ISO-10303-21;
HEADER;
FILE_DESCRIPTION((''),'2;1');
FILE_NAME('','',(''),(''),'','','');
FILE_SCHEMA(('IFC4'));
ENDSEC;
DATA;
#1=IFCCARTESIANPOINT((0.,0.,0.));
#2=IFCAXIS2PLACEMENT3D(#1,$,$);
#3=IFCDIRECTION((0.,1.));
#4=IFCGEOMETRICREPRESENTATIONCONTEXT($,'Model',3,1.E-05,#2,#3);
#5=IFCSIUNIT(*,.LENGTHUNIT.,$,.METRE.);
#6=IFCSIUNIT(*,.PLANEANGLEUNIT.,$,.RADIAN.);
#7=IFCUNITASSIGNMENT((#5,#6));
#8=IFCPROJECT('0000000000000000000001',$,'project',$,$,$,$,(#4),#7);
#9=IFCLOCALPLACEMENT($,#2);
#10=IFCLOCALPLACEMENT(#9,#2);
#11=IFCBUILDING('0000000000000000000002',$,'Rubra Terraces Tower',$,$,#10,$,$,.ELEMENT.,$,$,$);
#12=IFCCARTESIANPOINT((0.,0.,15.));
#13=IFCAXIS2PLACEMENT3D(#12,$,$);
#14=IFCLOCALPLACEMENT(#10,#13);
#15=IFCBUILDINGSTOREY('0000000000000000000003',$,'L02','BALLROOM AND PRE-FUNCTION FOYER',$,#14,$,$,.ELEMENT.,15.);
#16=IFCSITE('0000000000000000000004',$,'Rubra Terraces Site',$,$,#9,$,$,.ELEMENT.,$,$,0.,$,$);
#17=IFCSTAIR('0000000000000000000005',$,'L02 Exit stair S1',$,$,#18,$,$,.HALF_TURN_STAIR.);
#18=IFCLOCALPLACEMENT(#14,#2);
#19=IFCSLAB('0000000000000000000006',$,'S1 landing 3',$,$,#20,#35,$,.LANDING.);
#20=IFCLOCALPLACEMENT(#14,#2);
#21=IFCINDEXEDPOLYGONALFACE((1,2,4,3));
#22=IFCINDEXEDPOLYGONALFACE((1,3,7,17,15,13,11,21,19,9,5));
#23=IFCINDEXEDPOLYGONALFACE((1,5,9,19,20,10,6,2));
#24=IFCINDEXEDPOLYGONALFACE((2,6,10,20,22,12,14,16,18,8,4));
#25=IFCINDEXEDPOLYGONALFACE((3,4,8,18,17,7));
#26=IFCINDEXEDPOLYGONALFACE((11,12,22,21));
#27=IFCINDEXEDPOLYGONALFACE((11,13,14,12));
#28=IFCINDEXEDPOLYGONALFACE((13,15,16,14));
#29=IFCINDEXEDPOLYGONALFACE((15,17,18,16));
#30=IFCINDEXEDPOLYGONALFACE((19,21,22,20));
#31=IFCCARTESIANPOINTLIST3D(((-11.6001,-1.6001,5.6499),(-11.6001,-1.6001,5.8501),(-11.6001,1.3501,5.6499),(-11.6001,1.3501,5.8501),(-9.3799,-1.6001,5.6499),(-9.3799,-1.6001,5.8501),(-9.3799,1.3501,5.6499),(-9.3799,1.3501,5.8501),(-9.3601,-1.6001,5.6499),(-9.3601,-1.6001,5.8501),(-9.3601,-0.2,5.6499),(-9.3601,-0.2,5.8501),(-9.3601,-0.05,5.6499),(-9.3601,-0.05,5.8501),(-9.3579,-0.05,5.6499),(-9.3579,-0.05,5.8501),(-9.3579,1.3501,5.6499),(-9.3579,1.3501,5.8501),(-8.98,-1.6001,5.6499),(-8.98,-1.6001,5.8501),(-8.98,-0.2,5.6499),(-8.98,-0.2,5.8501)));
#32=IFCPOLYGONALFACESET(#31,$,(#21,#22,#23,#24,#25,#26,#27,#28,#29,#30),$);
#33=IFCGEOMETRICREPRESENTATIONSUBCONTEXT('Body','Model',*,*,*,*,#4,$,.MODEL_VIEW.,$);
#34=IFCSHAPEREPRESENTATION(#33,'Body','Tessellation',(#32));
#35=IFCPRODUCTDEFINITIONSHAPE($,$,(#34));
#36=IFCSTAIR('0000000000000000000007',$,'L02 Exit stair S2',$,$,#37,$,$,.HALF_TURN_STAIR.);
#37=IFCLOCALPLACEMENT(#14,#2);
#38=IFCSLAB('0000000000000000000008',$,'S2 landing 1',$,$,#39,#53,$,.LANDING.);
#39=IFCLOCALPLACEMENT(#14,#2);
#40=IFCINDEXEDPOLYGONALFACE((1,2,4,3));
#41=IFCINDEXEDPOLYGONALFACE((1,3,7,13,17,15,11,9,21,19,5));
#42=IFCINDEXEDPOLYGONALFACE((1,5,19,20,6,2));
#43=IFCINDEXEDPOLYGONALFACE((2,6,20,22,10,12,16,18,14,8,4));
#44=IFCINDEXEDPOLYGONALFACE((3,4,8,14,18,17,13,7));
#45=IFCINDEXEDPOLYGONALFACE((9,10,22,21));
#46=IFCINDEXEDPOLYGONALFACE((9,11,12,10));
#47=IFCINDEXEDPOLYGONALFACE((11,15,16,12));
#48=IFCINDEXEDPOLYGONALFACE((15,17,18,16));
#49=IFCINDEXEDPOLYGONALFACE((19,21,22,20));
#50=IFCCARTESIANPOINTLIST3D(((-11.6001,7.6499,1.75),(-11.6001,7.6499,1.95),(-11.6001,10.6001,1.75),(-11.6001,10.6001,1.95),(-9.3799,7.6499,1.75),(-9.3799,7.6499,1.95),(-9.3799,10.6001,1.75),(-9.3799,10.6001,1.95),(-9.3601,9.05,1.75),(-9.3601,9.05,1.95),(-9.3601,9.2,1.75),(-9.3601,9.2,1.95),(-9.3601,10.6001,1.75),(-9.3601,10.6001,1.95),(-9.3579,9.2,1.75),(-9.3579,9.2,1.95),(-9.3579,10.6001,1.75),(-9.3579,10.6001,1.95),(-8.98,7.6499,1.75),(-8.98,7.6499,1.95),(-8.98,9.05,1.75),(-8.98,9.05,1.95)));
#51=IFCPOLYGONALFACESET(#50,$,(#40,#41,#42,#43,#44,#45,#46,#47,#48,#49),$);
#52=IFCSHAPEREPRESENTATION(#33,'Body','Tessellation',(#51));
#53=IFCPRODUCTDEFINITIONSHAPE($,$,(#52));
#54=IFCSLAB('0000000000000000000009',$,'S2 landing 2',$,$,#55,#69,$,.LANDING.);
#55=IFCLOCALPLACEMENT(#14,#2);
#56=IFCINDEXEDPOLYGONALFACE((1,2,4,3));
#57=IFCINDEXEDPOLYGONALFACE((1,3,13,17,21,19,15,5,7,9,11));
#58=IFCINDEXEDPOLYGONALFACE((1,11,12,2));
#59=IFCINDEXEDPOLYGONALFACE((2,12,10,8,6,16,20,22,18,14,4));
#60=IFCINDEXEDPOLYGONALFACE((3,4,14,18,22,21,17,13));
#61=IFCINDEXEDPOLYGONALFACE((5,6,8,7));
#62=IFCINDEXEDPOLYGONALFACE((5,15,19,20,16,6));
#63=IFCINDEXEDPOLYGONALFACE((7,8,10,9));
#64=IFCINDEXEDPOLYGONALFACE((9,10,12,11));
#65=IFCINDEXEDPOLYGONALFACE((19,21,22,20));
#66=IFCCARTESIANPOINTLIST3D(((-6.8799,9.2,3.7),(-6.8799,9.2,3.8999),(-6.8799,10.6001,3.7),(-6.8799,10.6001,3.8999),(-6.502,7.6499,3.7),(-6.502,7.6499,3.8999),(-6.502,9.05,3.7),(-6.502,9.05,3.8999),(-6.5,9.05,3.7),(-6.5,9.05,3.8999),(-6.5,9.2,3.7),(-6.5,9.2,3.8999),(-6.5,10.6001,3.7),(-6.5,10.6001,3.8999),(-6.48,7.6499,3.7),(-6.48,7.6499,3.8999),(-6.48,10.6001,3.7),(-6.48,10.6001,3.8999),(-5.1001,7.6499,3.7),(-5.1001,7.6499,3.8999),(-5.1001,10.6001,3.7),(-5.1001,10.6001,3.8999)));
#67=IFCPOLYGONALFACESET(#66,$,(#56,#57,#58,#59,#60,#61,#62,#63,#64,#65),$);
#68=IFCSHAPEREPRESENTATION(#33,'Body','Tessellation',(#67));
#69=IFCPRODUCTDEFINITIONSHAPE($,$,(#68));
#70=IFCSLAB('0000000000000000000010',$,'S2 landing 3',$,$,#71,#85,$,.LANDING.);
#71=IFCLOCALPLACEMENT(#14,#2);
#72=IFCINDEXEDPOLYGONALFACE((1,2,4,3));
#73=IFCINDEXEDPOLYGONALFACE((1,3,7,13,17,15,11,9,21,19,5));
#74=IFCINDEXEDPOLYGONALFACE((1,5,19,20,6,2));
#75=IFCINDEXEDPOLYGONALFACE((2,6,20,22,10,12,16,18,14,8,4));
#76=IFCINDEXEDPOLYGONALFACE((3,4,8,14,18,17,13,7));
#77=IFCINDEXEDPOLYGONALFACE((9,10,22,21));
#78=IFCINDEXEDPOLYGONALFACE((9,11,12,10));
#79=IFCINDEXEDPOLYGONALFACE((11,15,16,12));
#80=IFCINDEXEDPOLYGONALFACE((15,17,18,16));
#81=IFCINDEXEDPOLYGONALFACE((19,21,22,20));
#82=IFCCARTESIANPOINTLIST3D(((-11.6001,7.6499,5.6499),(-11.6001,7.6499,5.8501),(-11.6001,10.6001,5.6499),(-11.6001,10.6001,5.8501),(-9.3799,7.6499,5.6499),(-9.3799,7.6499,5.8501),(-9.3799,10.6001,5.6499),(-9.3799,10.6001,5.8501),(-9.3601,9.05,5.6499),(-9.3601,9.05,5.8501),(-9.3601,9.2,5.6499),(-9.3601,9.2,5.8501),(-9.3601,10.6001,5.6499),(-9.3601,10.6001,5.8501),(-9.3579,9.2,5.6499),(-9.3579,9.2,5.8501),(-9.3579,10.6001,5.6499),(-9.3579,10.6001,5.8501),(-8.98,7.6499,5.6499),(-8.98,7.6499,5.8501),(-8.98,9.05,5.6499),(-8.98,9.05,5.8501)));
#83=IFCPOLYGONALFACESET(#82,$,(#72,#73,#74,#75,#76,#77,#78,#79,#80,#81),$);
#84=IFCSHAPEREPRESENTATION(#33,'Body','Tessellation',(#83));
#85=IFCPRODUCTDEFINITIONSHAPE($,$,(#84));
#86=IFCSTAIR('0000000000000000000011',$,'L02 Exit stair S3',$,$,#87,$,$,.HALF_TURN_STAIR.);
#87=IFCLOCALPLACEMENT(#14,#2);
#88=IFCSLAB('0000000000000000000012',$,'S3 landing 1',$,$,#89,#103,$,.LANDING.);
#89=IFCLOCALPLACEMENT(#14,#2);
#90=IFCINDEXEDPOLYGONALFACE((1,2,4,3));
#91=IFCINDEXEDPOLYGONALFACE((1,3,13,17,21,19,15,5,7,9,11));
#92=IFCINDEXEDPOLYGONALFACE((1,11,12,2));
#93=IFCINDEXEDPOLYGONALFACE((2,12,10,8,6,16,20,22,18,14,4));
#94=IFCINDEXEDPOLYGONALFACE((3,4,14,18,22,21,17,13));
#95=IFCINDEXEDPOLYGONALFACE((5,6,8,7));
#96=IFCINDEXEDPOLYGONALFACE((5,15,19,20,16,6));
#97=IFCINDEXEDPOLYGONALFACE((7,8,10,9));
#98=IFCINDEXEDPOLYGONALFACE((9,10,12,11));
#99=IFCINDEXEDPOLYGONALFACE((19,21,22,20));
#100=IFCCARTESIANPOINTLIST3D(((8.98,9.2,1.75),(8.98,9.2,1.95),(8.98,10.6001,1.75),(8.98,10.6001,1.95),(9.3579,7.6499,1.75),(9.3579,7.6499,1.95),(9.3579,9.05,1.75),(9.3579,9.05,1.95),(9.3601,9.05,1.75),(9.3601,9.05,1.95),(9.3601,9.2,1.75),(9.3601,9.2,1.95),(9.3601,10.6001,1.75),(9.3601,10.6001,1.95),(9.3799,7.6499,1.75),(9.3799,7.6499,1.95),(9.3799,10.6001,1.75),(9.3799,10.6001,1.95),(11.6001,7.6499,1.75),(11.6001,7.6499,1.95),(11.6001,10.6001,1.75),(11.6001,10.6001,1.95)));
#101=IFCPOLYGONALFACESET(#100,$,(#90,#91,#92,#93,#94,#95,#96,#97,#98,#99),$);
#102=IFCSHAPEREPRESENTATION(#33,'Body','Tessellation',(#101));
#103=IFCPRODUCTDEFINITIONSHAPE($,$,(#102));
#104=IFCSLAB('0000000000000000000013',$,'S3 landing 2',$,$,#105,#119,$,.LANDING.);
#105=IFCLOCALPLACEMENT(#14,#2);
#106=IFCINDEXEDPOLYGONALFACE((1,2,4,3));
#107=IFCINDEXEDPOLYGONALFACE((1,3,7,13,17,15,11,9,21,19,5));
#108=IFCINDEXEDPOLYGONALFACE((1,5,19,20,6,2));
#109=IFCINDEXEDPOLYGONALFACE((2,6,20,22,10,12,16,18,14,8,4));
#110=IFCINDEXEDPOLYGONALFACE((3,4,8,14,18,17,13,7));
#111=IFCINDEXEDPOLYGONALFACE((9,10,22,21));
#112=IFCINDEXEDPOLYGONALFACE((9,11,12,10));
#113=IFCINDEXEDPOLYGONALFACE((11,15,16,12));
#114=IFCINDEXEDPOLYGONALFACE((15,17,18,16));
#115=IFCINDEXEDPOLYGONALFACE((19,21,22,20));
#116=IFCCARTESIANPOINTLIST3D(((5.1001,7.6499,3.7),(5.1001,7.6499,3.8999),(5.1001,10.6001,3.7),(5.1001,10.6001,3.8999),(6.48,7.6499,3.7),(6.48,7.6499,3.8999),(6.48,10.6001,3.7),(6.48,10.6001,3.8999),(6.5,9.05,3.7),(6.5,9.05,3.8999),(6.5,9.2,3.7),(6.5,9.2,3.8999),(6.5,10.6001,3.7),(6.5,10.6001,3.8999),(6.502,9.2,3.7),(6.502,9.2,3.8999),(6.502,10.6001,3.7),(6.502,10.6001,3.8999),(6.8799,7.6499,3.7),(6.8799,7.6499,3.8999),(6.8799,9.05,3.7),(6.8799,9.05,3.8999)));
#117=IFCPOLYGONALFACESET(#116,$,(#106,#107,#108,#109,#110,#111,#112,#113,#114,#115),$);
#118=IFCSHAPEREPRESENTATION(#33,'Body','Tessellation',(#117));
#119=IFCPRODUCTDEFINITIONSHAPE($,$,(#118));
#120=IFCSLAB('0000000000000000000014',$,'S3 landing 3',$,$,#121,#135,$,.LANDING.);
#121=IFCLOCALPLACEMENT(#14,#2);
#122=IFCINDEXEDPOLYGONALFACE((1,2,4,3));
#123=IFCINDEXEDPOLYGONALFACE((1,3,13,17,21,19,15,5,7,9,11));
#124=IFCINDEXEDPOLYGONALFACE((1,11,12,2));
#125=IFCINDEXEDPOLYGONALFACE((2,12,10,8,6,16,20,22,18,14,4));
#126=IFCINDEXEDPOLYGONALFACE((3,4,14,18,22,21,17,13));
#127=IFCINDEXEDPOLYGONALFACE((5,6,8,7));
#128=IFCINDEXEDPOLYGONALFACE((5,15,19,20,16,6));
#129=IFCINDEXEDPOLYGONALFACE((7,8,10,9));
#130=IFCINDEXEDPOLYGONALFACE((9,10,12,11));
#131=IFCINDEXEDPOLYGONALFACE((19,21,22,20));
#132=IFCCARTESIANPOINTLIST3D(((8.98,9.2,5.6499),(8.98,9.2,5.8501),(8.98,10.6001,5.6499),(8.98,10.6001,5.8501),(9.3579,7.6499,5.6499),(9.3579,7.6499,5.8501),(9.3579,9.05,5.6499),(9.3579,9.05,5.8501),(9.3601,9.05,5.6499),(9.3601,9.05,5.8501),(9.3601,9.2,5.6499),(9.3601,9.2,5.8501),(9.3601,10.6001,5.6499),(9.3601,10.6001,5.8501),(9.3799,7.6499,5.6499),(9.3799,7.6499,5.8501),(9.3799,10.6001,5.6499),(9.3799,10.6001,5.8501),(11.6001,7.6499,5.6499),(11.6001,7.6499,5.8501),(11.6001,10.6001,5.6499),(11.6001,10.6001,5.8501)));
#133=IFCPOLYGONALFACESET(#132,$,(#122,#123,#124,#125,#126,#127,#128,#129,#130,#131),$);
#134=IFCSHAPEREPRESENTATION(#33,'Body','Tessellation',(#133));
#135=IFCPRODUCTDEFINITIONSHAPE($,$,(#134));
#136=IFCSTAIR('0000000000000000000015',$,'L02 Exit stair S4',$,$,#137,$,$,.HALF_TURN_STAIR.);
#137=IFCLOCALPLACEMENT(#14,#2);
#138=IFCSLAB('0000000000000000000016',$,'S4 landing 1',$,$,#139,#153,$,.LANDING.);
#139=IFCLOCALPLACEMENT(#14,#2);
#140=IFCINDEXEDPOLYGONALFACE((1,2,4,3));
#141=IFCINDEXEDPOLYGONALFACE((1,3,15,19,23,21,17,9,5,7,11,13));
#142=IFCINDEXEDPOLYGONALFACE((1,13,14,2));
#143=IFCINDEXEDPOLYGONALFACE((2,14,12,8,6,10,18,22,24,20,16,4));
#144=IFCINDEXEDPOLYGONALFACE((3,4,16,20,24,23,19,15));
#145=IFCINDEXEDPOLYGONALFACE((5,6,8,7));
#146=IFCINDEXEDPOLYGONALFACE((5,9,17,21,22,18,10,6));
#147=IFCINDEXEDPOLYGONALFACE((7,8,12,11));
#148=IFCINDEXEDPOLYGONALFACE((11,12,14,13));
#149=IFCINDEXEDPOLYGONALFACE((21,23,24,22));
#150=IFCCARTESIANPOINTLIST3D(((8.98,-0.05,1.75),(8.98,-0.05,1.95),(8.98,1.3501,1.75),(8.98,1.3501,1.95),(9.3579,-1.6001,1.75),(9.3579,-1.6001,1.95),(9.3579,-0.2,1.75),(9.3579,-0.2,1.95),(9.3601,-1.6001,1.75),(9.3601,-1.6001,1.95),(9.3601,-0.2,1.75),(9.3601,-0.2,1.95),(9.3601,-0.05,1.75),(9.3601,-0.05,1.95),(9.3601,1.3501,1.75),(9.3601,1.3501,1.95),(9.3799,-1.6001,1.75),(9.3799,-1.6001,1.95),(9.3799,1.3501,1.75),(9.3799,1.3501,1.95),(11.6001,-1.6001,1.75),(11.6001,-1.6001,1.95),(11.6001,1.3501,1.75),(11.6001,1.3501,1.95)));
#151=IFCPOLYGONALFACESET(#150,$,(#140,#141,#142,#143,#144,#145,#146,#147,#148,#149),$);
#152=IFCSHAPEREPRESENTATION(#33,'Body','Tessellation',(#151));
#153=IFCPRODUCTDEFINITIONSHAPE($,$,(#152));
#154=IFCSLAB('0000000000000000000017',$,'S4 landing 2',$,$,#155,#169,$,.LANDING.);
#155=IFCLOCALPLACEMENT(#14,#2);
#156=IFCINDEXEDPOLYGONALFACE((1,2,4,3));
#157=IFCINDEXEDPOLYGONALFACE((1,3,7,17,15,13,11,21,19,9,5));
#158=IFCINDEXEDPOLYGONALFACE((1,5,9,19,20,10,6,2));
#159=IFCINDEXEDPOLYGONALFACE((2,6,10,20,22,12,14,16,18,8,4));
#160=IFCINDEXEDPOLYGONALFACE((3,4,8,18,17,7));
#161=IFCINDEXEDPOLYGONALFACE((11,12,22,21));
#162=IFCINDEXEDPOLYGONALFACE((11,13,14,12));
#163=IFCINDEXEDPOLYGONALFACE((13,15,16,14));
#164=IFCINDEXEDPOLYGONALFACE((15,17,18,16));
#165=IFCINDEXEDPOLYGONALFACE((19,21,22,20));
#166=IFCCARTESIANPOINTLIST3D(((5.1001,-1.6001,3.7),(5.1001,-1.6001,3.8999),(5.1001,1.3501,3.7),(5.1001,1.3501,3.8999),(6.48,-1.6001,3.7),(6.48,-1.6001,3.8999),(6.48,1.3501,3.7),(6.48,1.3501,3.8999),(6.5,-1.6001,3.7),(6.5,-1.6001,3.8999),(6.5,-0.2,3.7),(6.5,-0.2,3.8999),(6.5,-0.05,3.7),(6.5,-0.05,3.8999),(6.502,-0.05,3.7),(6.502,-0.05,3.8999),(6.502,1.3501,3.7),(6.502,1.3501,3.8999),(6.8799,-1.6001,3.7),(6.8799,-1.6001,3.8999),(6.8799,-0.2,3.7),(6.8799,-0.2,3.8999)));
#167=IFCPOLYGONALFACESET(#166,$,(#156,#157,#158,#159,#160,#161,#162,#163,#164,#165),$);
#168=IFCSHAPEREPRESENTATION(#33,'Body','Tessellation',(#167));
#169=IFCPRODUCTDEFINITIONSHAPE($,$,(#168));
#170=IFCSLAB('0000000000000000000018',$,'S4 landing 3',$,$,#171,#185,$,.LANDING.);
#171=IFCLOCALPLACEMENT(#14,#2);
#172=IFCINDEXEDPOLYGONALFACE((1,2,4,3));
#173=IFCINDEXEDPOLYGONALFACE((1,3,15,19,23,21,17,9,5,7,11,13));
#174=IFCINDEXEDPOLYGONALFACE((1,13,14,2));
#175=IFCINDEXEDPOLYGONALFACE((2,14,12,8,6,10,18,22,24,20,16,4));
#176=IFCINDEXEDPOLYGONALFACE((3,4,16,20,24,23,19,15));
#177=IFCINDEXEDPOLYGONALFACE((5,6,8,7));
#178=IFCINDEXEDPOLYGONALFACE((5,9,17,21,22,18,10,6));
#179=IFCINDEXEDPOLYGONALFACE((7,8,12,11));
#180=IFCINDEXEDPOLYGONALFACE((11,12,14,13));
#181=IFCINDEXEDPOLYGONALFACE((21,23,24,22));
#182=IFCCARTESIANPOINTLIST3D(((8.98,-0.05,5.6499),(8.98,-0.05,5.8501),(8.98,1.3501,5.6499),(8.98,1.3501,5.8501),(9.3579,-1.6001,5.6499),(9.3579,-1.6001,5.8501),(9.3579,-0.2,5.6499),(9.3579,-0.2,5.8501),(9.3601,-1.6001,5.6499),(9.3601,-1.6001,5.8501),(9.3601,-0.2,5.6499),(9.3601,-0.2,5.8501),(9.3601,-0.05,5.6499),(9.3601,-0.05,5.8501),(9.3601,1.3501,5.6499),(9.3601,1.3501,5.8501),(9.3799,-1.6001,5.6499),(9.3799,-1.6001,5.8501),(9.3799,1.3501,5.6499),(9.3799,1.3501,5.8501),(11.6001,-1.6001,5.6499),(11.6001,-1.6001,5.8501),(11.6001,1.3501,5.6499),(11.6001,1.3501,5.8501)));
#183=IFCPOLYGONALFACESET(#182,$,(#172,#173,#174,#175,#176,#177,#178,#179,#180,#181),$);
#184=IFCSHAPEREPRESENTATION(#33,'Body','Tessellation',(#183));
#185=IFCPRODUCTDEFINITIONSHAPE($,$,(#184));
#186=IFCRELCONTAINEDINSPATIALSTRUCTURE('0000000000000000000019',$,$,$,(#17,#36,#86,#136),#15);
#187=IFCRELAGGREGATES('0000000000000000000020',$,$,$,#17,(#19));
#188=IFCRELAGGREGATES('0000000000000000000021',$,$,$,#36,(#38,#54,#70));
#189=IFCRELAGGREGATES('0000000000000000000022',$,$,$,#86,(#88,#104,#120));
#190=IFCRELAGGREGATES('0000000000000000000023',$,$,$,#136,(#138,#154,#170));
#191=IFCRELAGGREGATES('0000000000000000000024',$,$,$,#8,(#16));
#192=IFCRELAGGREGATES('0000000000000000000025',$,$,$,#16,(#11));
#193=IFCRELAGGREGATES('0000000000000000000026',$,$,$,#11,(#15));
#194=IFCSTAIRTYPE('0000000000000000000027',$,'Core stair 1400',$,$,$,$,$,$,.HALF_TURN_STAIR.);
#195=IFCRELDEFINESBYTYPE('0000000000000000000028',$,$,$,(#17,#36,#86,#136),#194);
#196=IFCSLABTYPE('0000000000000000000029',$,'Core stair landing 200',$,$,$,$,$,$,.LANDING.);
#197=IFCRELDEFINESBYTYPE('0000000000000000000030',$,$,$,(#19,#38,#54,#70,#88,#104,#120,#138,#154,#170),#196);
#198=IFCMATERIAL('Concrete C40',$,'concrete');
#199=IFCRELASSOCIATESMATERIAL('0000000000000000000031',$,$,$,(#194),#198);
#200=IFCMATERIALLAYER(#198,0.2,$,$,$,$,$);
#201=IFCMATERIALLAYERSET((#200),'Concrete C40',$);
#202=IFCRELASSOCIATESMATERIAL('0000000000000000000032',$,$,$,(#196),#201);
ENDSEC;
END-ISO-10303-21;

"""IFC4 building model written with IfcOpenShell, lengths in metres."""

from ifc_helpers import new_model, si_unit, direction, frame, origin, place, context, subcontext, project, spatial, polyline, outline, extrude, material, layer, layer_set, type_object, element, aggregate, save


model = new_model("IFC4")

# Units and contexts
model_context = context("Model", 3, precision=1e-05, world=origin(), true_north=direction((0.0, 1.0)))
body_context = subcontext(model_context, "Body", "Model", "MODEL_VIEW")
ifc_project = project(units=[si_unit("LENGTHUNIT", "METRE"), si_unit("PLANEANGLEUNIT", "RADIAN")], contexts=[model_context])

# Site, building, storey
site_placement = place(None, origin())
site = spatial("IfcSite", under=ifc_project, at=site_placement, Name="Rubra Terraces Site", CompositionType="ELEMENT", RefElevation=0.0)
building_placement = place(site_placement, origin())
building = spatial("IfcBuilding", under=site, at=building_placement, Name="Rubra Terraces Tower", CompositionType="ELEMENT")
storey_placement = place(building_placement, frame((0.0, 0.0, 15.0)))
storey = spatial("IfcBuildingStorey", under=building, at=storey_placement, Name="L02", Description="BALLROOM AND PRE-FUNCTION FOYER", CompositionType="ELEMENT", Elevation=15.0)

# Stair, slab
ifc_material_1 = material(Name="Concrete C40", Category="concrete")
stair_type_1 = type_object("IfcStairType", Name="Core stair 1400", PredefinedType="HALF_TURN_STAIR", material=ifc_material_1)
stair_1_placement = place(storey_placement, origin())
stair_1 = element("IfcStair", 1, at=stair_1_placement, inside=storey, type_object=stair_type_1, Name="L02 Exit stair S1", PredefinedType="HALF_TURN_STAIR")
ifc_layer_1 = layer(ifc_material_1, 0.2)
ifc_layer_set_1 = layer_set([ifc_layer_1], Name="Concrete C40")
slab_type_1 = type_object("IfcSlabType", Name="Core stair landing 200", PredefinedType="LANDING", material=ifc_layer_set_1)
slab_1_placement = place(storey_placement, frame((0.0, 0.0, 5.6499)))
slab_1 = element("IfcSlab", 2, at=slab_1_placement, type_object=slab_type_1, Name="S1 landing 3", PredefinedType="LANDING", context=body_context, shape_type="SweptSolid", body=[
    extrude(outline(polyline([(-8.98, -0.2), (-8.98, -1.6001), (-9.3601, -1.6001), (-9.3799, -1.6001), (-11.6001, -1.6001), (-11.6001, 1.3501), (-9.3799, 1.3501), (-9.3579, 1.3501), (-9.3579, -0.05), (-9.3601, -0.05), (-9.3601, -0.2), (-8.98, -0.2)])), origin(), (0.0, 0.0, 1.0), 0.2002),
])
aggregate(stair_1, [slab_1])

# Stairs, slabs
stair_2_placement = place(storey_placement, origin())
stair_2 = element("IfcStair", 3, at=stair_2_placement, inside=storey, type_object=stair_type_1, Name="L02 Exit stair S2", PredefinedType="HALF_TURN_STAIR")
slab_2_placement = place(storey_placement, frame((0.0, 0.0, 1.75)))
slab_2 = element("IfcSlab", 4, at=slab_2_placement, type_object=slab_type_1, Name="S2 landing 1", PredefinedType="LANDING", context=body_context, shape_type="SweptSolid", body=[
    extrude(outline(polyline([(-8.98, 9.05), (-8.98, 7.6499), (-9.3799, 7.6499), (-11.6001, 7.6499), (-11.6001, 10.6001), (-9.3799, 10.6001), (-9.3601, 10.6001), (-9.3579, 10.6001), (-9.3579, 9.2), (-9.3601, 9.2), (-9.3601, 9.05), (-8.98, 9.05)])), origin(), (0.0, 0.0, 1.0), 0.2),
])
slab_3_placement = place(storey_placement, frame((0.0, 0.0, 3.7)))
slab_3 = element("IfcSlab", 5, at=slab_3_placement, type_object=slab_type_1, Name="S2 landing 2", PredefinedType="LANDING", context=body_context, shape_type="SweptSolid", body=[
    extrude(outline(polyline([(-6.5, 9.05), (-6.5, 9.2), (-6.8799, 9.2), (-6.8799, 10.6001), (-6.5, 10.6001), (-6.48, 10.6001), (-5.1001, 10.6001), (-5.1001, 7.6499), (-6.48, 7.6499), (-6.502, 7.6499), (-6.502, 9.05), (-6.5, 9.05)])), origin(), (0.0, 0.0, 1.0), 0.2),
])
slab_4_placement = place(storey_placement, frame((0.0, 0.0, 5.6499)))
slab_4 = element("IfcSlab", 6, at=slab_4_placement, type_object=slab_type_1, Name="S2 landing 3", PredefinedType="LANDING", context=body_context, shape_type="SweptSolid", body=[
    extrude(outline(polyline([(-8.98, 9.05), (-8.98, 7.6499), (-9.3799, 7.6499), (-11.6001, 7.6499), (-11.6001, 10.6001), (-9.3799, 10.6001), (-9.3601, 10.6001), (-9.3579, 10.6001), (-9.3579, 9.2), (-9.3601, 9.2), (-9.3601, 9.05), (-8.98, 9.05)])), origin(), (0.0, 0.0, 1.0), 0.2002),
])
aggregate(stair_2, [slab_2, slab_3, slab_4])
stair_3_placement = place(storey_placement, origin())
stair_3 = element("IfcStair", 7, at=stair_3_placement, inside=storey, type_object=stair_type_1, Name="L02 Exit stair S3", PredefinedType="HALF_TURN_STAIR")
slab_5_placement = place(storey_placement, frame((0.0, 0.0, 1.75)))
slab_5 = element("IfcSlab", 8, at=slab_5_placement, type_object=slab_type_1, Name="S3 landing 1", PredefinedType="LANDING", context=body_context, shape_type="SweptSolid", body=[
    extrude(outline(polyline([(9.3601, 9.05), (9.3601, 9.2), (8.98, 9.2), (8.98, 10.6001), (9.3601, 10.6001), (9.3799, 10.6001), (11.6001, 10.6001), (11.6001, 7.6499), (9.3799, 7.6499), (9.3579, 7.6499), (9.3579, 9.05), (9.3601, 9.05)])), origin(), (0.0, 0.0, 1.0), 0.2),
])
slab_6_placement = place(storey_placement, frame((0.0, 0.0, 3.7)))
slab_6 = element("IfcSlab", 9, at=slab_6_placement, type_object=slab_type_1, Name="S3 landing 2", PredefinedType="LANDING", context=body_context, shape_type="SweptSolid", body=[
    extrude(outline(polyline([(6.8799, 9.05), (6.8799, 7.6499), (6.48, 7.6499), (5.1001, 7.6499), (5.1001, 10.6001), (6.48, 10.6001), (6.5, 10.6001), (6.502, 10.6001), (6.502, 9.2), (6.5, 9.2), (6.5, 9.05), (6.8799, 9.05)])), origin(), (0.0, 0.0, 1.0), 0.2),
])
slab_7_placement = place(storey_placement, frame((0.0, 0.0, 5.6499)))
slab_7 = element("IfcSlab", 10, at=slab_7_placement, type_object=slab_type_1, Name="S3 landing 3", PredefinedType="LANDING", context=body_context, shape_type="SweptSolid", body=[
    extrude(outline(polyline([(9.3601, 9.05), (9.3601, 9.2), (8.98, 9.2), (8.98, 10.6001), (9.3601, 10.6001), (9.3799, 10.6001), (11.6001, 10.6001), (11.6001, 7.6499), (9.3799, 7.6499), (9.3579, 7.6499), (9.3579, 9.05), (9.3601, 9.05)])), origin(), (0.0, 0.0, 1.0), 0.2002),
])
aggregate(stair_3, [slab_5, slab_6, slab_7])
stair_4_placement = place(storey_placement, origin())
stair_4 = element("IfcStair", 11, at=stair_4_placement, inside=storey, type_object=stair_type_1, Name="L02 Exit stair S4", PredefinedType="HALF_TURN_STAIR")
slab_8_placement = place(storey_placement, frame((0.0, 0.0, 1.75)))
slab_8 = element("IfcSlab", 12, at=slab_8_placement, type_object=slab_type_1, Name="S4 landing 1", PredefinedType="LANDING", context=body_context, shape_type="SweptSolid", body=[
    extrude(outline(polyline([(9.3601, -0.2), (9.3601, -0.05), (8.98, -0.05), (8.98, 1.3501), (9.3601, 1.3501), (9.3799, 1.3501), (11.6001, 1.3501), (11.6001, -1.6001), (9.3799, -1.6001), (9.3601, -1.6001), (9.3579, -1.6001), (9.3579, -0.2), (9.3601, -0.2)])), origin(), (0.0, 0.0, 1.0), 0.2),
])
slab_9_placement = place(storey_placement, frame((0.0, 0.0, 3.7)))
slab_9 = element("IfcSlab", 13, at=slab_9_placement, type_object=slab_type_1, Name="S4 landing 2", PredefinedType="LANDING", context=body_context, shape_type="SweptSolid", body=[
    extrude(outline(polyline([(6.8799, -0.2), (6.8799, -1.6001), (6.5, -1.6001), (6.48, -1.6001), (5.1001, -1.6001), (5.1001, 1.3501), (6.48, 1.3501), (6.502, 1.3501), (6.502, -0.05), (6.5, -0.05), (6.5, -0.2), (6.8799, -0.2)])), origin(), (0.0, 0.0, 1.0), 0.2),
])
slab_10_placement = place(storey_placement, frame((0.0, 0.0, 5.6499)))
slab_10 = element("IfcSlab", 14, at=slab_10_placement, type_object=slab_type_1, Name="S4 landing 3", PredefinedType="LANDING", context=body_context, shape_type="SweptSolid", body=[
    extrude(outline(polyline([(9.3601, -0.2), (9.3601, -0.05), (8.98, -0.05), (8.98, 1.3501), (9.3601, 1.3501), (9.3799, 1.3501), (11.6001, 1.3501), (11.6001, -1.6001), (9.3799, -1.6001), (9.3601, -1.6001), (9.3579, -1.6001), (9.3579, -0.2), (9.3601, -0.2)])), origin(), (0.0, 0.0, 1.0), 0.2002),
])
aggregate(stair_4, [slab_8, slab_9, slab_10])

save(model, "model.ifc")
